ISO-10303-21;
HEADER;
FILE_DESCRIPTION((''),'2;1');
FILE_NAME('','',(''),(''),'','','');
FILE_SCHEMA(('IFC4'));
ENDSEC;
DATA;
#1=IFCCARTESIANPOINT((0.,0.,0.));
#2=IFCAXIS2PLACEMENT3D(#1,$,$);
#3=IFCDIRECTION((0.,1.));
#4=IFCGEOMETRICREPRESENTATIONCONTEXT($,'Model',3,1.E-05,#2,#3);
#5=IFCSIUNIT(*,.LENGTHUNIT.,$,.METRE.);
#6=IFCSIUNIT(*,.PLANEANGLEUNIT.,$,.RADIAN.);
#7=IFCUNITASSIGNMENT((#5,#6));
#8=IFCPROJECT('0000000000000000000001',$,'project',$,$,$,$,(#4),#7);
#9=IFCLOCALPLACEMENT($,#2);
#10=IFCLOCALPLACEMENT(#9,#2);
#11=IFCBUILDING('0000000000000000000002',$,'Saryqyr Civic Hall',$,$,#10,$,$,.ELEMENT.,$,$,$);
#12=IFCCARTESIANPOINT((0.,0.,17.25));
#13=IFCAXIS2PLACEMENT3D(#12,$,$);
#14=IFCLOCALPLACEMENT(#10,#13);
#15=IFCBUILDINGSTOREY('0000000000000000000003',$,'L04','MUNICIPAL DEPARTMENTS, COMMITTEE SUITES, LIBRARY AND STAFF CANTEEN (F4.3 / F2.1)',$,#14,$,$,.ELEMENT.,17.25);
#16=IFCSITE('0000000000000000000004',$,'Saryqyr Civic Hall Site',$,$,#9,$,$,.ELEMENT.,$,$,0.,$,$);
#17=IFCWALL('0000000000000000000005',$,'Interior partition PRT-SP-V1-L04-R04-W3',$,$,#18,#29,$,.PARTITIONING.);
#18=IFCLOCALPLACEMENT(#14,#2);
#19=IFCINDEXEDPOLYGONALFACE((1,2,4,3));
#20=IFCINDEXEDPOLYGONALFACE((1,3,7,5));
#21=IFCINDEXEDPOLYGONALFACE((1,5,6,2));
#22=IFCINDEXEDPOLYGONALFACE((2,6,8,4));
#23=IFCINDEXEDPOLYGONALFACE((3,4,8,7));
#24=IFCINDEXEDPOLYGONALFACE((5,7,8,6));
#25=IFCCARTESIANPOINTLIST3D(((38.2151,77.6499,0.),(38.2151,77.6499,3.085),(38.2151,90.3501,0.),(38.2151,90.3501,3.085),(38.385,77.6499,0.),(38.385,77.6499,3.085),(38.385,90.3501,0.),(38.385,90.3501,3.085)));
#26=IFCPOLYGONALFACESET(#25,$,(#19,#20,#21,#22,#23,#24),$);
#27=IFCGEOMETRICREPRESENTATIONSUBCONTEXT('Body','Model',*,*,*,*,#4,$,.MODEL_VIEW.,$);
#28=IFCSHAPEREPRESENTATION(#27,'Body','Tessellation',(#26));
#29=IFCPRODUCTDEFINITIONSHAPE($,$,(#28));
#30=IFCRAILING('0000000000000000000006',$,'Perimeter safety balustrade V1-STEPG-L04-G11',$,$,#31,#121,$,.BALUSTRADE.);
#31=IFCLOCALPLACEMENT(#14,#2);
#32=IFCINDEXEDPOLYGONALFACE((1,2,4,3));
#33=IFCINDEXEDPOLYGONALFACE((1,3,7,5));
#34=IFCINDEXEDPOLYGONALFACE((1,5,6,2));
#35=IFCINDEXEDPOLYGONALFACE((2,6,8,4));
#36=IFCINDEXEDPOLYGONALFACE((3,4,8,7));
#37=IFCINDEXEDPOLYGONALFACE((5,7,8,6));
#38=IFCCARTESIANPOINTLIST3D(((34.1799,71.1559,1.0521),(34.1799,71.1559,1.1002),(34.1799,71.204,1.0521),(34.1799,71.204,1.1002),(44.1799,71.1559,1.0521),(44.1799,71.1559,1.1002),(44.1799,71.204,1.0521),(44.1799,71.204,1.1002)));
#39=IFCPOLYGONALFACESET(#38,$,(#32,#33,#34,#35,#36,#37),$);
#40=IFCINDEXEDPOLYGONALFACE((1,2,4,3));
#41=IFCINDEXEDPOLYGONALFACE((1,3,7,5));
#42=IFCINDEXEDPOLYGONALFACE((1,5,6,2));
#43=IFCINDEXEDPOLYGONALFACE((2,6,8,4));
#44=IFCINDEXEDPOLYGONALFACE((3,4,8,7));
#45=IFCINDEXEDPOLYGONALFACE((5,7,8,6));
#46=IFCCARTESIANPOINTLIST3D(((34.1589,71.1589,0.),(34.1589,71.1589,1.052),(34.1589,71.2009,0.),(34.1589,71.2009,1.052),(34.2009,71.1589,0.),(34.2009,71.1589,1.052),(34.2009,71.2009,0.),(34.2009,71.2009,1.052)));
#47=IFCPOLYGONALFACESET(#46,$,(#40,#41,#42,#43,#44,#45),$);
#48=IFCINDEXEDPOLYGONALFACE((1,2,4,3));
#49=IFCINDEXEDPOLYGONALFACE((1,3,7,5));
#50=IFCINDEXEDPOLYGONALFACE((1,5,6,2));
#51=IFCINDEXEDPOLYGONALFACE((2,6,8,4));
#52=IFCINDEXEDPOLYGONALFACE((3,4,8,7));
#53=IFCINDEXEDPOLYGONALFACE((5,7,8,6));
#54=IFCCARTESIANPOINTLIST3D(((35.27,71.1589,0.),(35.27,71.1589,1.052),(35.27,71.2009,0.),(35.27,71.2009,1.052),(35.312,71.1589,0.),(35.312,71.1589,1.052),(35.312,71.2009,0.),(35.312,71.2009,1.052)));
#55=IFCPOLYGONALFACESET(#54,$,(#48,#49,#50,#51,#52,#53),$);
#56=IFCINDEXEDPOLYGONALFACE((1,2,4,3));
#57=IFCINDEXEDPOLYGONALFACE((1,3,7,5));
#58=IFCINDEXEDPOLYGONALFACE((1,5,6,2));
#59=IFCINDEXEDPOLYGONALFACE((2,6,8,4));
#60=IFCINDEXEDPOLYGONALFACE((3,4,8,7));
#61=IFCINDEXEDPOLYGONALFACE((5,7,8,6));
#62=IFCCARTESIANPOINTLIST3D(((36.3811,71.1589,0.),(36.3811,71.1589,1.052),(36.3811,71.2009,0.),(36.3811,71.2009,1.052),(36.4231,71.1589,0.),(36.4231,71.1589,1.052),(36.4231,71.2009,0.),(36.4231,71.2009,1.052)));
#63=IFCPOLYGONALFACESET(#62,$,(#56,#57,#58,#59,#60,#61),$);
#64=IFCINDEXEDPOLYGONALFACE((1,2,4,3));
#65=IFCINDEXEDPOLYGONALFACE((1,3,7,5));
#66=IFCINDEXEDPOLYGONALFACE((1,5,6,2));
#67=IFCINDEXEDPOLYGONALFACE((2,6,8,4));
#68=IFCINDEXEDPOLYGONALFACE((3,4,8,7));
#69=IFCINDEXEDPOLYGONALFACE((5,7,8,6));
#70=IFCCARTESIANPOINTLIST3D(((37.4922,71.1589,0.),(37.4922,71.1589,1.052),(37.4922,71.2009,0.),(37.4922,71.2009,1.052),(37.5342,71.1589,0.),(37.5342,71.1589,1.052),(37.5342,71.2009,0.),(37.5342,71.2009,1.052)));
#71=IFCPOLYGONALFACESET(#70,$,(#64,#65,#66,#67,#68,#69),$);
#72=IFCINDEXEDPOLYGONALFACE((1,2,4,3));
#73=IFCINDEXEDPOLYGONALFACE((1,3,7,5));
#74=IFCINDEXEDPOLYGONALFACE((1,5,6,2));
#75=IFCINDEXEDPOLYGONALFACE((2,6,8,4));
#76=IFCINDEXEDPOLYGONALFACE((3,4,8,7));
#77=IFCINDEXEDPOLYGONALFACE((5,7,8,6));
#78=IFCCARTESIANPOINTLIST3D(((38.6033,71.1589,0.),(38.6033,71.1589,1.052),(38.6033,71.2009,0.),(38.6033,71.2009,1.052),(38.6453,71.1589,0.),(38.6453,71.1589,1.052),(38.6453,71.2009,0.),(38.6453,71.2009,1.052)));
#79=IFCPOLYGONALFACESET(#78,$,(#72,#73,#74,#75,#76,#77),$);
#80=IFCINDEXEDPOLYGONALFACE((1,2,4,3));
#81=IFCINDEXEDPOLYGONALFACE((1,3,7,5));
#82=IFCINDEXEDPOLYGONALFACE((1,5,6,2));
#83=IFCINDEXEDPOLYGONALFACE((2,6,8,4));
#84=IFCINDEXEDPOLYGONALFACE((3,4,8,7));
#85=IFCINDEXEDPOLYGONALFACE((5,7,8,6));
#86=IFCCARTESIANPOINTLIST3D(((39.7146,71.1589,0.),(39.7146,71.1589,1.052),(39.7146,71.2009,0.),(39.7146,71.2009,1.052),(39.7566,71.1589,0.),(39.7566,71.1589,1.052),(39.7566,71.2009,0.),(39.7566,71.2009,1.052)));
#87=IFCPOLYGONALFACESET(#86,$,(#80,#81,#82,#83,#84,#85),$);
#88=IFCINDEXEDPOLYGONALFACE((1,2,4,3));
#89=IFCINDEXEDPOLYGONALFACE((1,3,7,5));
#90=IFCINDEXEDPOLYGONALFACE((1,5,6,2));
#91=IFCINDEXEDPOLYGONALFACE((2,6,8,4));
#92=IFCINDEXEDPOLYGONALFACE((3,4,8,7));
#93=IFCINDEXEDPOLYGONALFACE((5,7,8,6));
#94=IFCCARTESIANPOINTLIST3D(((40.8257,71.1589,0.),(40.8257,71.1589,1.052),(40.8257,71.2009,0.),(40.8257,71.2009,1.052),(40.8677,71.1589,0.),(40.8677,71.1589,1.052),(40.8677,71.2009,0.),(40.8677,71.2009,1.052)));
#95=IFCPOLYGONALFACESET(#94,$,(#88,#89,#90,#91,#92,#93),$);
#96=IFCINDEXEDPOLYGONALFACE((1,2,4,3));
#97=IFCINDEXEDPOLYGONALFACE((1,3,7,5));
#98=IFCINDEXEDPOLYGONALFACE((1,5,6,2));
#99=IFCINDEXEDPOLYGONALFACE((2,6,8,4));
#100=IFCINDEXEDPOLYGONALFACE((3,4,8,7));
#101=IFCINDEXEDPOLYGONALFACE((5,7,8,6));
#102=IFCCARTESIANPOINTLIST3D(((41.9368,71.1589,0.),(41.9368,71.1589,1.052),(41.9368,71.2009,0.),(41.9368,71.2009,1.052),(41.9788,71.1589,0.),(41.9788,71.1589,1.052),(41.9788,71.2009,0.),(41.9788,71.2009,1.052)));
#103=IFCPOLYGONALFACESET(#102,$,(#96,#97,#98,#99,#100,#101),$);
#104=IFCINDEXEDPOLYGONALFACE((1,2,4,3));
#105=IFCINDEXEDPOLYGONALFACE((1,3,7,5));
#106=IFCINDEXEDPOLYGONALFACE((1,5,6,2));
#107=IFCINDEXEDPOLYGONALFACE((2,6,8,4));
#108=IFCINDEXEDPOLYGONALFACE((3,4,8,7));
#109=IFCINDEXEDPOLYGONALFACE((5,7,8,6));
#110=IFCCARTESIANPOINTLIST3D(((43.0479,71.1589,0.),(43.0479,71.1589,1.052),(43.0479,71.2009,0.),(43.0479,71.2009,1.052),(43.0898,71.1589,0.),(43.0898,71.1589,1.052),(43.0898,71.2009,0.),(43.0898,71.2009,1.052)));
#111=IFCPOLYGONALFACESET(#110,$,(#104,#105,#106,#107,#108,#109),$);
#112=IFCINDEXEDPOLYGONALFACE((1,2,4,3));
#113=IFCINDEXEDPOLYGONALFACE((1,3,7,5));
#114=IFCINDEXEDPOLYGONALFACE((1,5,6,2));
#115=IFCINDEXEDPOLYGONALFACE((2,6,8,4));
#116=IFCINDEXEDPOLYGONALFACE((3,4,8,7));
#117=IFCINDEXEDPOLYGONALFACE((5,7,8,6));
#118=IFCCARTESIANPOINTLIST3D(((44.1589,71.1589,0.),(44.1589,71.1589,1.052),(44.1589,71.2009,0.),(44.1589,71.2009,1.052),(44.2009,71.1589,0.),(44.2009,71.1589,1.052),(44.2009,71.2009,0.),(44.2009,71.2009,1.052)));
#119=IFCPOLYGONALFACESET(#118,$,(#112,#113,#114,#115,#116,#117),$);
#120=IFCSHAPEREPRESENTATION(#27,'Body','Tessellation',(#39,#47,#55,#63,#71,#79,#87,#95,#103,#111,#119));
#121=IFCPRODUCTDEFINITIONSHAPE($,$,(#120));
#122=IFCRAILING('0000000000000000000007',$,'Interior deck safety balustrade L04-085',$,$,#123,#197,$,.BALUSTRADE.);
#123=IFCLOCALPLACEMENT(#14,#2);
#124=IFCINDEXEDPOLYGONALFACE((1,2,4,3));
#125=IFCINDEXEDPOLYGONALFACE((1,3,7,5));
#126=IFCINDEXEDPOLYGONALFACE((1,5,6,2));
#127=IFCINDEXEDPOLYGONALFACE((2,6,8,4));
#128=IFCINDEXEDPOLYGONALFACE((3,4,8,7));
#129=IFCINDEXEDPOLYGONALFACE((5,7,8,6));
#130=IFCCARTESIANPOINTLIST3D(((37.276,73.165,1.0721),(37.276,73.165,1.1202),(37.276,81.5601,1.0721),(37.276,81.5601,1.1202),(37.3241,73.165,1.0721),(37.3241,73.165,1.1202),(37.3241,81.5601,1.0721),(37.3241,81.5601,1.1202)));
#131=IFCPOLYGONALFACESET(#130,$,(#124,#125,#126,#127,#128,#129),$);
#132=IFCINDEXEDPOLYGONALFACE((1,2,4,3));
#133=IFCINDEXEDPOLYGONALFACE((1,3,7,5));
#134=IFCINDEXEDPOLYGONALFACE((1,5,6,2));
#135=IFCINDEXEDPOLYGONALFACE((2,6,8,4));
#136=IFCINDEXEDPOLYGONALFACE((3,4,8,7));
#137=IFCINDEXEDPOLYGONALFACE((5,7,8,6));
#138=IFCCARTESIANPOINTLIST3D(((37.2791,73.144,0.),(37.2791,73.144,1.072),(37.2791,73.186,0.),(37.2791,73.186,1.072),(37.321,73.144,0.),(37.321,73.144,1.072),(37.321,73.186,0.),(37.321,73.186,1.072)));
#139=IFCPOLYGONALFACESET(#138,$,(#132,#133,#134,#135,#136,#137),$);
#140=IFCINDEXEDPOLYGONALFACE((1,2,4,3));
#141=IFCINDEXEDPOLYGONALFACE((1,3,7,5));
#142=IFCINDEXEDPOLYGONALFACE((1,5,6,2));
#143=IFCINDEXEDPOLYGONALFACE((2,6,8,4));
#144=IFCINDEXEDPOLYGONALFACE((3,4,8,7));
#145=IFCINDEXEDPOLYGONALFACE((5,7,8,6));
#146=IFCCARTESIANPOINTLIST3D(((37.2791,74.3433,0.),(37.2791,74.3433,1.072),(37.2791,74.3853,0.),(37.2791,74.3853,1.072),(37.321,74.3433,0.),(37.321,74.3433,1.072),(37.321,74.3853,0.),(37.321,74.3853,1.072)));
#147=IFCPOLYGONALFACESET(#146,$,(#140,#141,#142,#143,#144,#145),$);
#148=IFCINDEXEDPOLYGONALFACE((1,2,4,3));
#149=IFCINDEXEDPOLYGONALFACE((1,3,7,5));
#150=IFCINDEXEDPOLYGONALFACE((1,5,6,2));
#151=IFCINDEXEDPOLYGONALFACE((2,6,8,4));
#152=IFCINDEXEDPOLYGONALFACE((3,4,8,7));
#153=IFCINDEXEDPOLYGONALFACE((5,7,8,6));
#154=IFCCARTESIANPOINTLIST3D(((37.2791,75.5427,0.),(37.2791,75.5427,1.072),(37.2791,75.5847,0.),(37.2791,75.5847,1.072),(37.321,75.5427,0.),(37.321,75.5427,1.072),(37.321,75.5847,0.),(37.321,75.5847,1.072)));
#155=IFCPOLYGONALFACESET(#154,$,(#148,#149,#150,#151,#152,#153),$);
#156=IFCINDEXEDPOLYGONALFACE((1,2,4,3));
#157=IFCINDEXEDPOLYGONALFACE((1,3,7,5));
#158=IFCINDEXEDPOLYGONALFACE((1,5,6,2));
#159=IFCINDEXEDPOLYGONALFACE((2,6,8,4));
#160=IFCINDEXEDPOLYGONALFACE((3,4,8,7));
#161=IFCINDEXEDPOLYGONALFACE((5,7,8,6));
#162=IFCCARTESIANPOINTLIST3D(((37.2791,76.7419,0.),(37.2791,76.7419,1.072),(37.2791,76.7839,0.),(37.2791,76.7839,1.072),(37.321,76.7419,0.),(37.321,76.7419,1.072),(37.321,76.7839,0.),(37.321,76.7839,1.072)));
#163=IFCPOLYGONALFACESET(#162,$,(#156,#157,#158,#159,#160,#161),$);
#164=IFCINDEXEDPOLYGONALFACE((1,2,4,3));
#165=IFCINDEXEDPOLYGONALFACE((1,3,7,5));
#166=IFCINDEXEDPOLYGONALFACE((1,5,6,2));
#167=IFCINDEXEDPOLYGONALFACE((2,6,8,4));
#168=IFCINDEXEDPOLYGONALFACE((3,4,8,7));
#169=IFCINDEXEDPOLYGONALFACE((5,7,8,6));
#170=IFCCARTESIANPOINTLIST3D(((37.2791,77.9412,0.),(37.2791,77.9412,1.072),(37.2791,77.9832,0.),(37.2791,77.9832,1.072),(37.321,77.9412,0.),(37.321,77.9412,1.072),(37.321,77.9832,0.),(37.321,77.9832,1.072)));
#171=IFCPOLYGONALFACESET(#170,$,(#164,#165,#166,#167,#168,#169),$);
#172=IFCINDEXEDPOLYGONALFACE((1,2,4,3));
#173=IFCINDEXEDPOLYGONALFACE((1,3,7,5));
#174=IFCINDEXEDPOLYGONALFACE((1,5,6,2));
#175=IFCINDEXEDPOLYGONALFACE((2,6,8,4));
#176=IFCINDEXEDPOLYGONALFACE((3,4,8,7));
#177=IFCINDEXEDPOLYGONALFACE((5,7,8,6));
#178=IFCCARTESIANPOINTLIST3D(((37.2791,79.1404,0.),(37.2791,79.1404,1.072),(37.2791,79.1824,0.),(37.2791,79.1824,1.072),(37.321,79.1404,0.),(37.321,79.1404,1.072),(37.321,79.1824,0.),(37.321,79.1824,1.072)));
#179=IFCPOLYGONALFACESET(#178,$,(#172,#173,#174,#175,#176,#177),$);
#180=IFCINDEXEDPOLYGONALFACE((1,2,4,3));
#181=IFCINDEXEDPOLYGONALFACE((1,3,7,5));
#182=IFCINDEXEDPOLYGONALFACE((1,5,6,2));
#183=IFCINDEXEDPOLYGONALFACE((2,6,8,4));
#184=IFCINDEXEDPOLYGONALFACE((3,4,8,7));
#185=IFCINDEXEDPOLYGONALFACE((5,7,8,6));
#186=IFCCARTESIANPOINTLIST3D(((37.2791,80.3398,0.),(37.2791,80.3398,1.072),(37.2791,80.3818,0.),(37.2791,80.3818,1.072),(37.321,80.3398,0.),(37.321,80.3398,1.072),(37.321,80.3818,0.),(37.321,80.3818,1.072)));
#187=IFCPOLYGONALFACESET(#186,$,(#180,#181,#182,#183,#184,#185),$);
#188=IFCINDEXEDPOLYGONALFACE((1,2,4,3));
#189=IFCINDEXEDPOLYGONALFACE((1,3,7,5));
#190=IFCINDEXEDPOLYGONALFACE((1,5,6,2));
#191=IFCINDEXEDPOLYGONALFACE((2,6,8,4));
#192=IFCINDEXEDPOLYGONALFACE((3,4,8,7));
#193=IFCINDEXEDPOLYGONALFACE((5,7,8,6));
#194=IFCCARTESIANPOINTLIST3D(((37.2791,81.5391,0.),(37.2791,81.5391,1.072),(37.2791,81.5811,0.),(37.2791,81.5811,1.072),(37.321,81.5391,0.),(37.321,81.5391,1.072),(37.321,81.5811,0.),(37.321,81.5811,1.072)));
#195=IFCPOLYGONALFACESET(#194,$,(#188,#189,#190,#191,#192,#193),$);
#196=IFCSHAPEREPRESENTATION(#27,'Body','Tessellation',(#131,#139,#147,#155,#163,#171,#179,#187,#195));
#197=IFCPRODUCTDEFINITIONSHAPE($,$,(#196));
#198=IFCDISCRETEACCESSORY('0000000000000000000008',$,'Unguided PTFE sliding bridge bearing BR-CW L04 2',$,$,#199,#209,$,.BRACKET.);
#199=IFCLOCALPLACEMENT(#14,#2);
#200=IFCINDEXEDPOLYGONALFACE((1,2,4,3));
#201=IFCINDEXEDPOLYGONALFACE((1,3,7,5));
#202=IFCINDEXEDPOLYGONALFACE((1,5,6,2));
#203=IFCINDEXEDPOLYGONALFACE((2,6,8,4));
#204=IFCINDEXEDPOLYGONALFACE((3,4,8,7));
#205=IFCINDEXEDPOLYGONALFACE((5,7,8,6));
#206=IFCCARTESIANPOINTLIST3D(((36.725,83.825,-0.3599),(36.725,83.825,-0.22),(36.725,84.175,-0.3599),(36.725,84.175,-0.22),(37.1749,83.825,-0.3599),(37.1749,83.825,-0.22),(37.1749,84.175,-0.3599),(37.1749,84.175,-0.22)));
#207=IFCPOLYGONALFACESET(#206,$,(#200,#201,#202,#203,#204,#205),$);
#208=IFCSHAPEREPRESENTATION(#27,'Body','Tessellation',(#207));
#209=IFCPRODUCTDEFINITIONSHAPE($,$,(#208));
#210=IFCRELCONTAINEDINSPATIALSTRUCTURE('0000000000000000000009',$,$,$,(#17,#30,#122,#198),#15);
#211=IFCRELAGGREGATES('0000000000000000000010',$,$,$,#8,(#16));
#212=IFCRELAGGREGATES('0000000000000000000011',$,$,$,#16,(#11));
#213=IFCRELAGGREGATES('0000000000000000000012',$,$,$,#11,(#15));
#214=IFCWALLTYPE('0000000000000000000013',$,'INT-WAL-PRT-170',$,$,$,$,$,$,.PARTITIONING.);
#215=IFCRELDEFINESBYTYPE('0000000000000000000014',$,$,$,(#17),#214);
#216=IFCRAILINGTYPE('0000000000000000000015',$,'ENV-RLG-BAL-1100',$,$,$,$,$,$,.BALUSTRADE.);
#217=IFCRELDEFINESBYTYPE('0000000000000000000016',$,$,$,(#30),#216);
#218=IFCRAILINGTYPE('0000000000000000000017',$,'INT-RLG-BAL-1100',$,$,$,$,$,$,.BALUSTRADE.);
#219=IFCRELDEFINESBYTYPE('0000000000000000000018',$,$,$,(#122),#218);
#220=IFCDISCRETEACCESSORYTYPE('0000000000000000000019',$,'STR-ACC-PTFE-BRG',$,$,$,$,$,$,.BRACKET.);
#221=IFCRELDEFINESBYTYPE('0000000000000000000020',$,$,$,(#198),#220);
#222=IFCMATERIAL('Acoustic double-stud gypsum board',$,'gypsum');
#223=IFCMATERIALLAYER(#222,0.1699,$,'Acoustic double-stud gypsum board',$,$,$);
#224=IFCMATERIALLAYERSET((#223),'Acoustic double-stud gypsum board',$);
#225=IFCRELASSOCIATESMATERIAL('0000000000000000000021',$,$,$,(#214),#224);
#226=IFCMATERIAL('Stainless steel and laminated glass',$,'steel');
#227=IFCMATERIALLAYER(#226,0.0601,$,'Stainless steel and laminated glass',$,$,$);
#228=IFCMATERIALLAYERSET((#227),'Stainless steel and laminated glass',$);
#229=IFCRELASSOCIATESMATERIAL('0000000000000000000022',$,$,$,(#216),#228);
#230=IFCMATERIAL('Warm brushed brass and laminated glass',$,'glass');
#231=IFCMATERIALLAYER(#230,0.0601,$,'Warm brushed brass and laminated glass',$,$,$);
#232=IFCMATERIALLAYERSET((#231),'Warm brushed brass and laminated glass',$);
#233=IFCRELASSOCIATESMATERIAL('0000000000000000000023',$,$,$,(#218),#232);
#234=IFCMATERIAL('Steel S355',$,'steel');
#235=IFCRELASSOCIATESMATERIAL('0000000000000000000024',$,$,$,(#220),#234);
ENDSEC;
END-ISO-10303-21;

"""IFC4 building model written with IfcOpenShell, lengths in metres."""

from ifc_helpers import new_model, si_unit, direction, frame, frame_2d, origin, origin_2d, place, context, subcontext, project, spatial, rectangle, extrude, material, layer, layer_set, type_object, element, save


model = new_model("IFC4")

# Units and contexts
model_context = context("Model", 3, precision=1e-05, world=origin(), true_north=direction((0.0, 1.0)))
body_context = subcontext(model_context, "Body", "Model", "MODEL_VIEW")
ifc_project = project(units=[si_unit("LENGTHUNIT", "METRE"), si_unit("PLANEANGLEUNIT", "RADIAN")], contexts=[model_context])

# Site, building, storey
site_placement = place(None, origin())
site = spatial("IfcSite", under=ifc_project, at=site_placement, Name="Saryqyr Civic Hall Site", CompositionType="ELEMENT", RefElevation=0.0)
building_placement = place(site_placement, origin())
building = spatial("IfcBuilding", under=site, at=building_placement, Name="Saryqyr Civic Hall", CompositionType="ELEMENT")
storey_placement = place(building_placement, frame((0.0, 0.0, 17.25)))
storey = spatial("IfcBuildingStorey", under=building, at=storey_placement, Name="L04", Description="MUNICIPAL DEPARTMENTS, COMMITTEE SUITES, LIBRARY AND STAFF CANTEEN (F4.3 / F2.1)", CompositionType="ELEMENT", Elevation=17.25)

# Shared definitions
ifc_material_1 = material(Name="Steel S355", Category="steel")

# Wall
ifc_material_2 = material(Name="Acoustic double-stud gypsum board", Category="gypsum")
ifc_layer_1 = layer(ifc_material_2, 0.1699, Name="Acoustic double-stud gypsum board")
ifc_layer_set_1 = layer_set([ifc_layer_1], Name="Acoustic double-stud gypsum board")
wall_type_1 = type_object("IfcWallType", Name="INT-WAL-PRT-170", PredefinedType="PARTITIONING", material=ifc_layer_set_1)
wall_1_placement = place(storey_placement, frame((38.3, 77.6499, 0.0), z_axis=(0.0, 0.0, 1.0), x_axis=(0.0, 1.0, 0.0)))
element("IfcWall", 1, at=wall_1_placement, inside=storey, type_object=wall_type_1, Name="Interior partition PRT-SP-V1-L04-R04-W3", PredefinedType="PARTITIONING", context=body_context, shape_type="SweptSolid", body=[
    extrude(rectangle(XDim=12.7002, YDim=0.1699, at=frame_2d((6.3501, 0.0))), origin(), (0.0, 0.0, 1.0), 3.085),
])

# Railings
ifc_material_3 = material(Name="Stainless steel and laminated glass", Category="steel")
ifc_layer_2 = layer(ifc_material_3, 0.0601, Name="Stainless steel and laminated glass")
ifc_layer_set_2 = layer_set([ifc_layer_2], Name="Stainless steel and laminated glass")
railing_type_1 = type_object("IfcRailingType", Name="ENV-RLG-BAL-1100", PredefinedType="BALUSTRADE", material=ifc_layer_set_2)
railing_1_placement = place(storey_placement, frame((34.1799, 71.1799, 0.0)))
element("IfcRailing", 2, at=railing_1_placement, inside=storey, type_object=railing_type_1, Name="Perimeter safety balustrade V1-STEPG-L04-G11", PredefinedType="BALUSTRADE", context=body_context, shape_type="SweptSolid", body=[
    extrude(rectangle(XDim=0.0481, YDim=0.0481, at=origin_2d()), frame((0.0, 0.0, 1.0762), z_axis=(1.0, 0.0, 0.0), x_axis=(0.0, 1.0, 0.0)), (0.0, 0.0, 1.0), 10.0),
    extrude(rectangle(XDim=0.042, YDim=0.042, at=origin_2d()), origin(), (0.0, 0.0, 1.0), 1.052),
    extrude(rectangle(XDim=0.042, YDim=0.042, at=origin_2d()), frame((1.1111, 0.0, 0.0)), (0.0, 0.0, 1.0), 1.052),
    extrude(rectangle(XDim=0.042, YDim=0.042, at=origin_2d()), frame((2.2222, 0.0, 0.0)), (0.0, 0.0, 1.0), 1.052),
    extrude(rectangle(XDim=0.042, YDim=0.042, at=origin_2d()), frame((3.3333, 0.0, 0.0)), (0.0, 0.0, 1.0), 1.052),
    extrude(rectangle(XDim=0.042, YDim=0.042, at=origin_2d()), frame((4.4443, 0.0, 0.0)), (0.0, 0.0, 1.0), 1.052),
    extrude(rectangle(XDim=0.042, YDim=0.042, at=origin_2d()), frame((5.5557, 0.0, 0.0)), (0.0, 0.0, 1.0), 1.052),
    extrude(rectangle(XDim=0.042, YDim=0.042, at=origin_2d()), frame((6.6667, 0.0, 0.0)), (0.0, 0.0, 1.0), 1.052),
    extrude(rectangle(XDim=0.042, YDim=0.042, at=origin_2d()), frame((7.7778, 0.0, 0.0)), (0.0, 0.0, 1.0), 1.052),
    extrude(rectangle(XDim=0.042, YDim=0.042, at=origin_2d()), frame((8.8889, 0.0, 0.0)), (0.0, 0.0, 1.0), 1.052),
    extrude(rectangle(XDim=0.042, YDim=0.042, at=origin_2d()), frame((10.0, 0.0, 0.0)), (0.0, 0.0, 1.0), 1.052),
])
ifc_material_4 = material(Name="Warm brushed brass and laminated glass", Category="glass")
ifc_layer_3 = layer(ifc_material_4, 0.0601, Name="Warm brushed brass and laminated glass")
ifc_layer_set_3 = layer_set([ifc_layer_3], Name="Warm brushed brass and laminated glass")
railing_type_2 = type_object("IfcRailingType", Name="INT-RLG-BAL-1100", PredefinedType="BALUSTRADE", material=ifc_layer_set_3)
railing_2_placement = place(storey_placement, frame((37.3, 73.165, 0.0)))
element("IfcRailing", 3, at=railing_2_placement, inside=storey, type_object=railing_type_2, Name="Interior deck safety balustrade L04-085", PredefinedType="BALUSTRADE", context=body_context, shape_type="SweptSolid", body=[
    extrude(rectangle(XDim=0.0481, YDim=0.0481, at=origin_2d()), frame((0.0, 0.0, 1.0962), z_axis=(0.0, 1.0, 0.0), x_axis=(-1.0, 0.0, 0.0)), (0.0, 0.0, 1.0), 8.395),
    extrude(rectangle(XDim=0.042, YDim=0.042, at=origin_2d()), origin(), (0.0, 0.0, 1.0), 1.072),
    extrude(rectangle(XDim=0.042, YDim=0.042, at=origin_2d()), frame((0.0, 1.1992, 0.0)), (0.0, 0.0, 1.0), 1.072),
    extrude(rectangle(XDim=0.042, YDim=0.042, at=origin_2d()), frame((0.0, 2.3987, 0.0)), (0.0, 0.0, 1.0), 1.072),
    extrude(rectangle(XDim=0.042, YDim=0.042, at=origin_2d()), frame((0.0, 3.5979, 0.0)), (0.0, 0.0, 1.0), 1.072),
    extrude(rectangle(XDim=0.042, YDim=0.042, at=origin_2d()), frame((0.0, 4.7971, 0.0)), (0.0, 0.0, 1.0), 1.072),
    extrude(rectangle(XDim=0.042, YDim=0.042, at=origin_2d()), frame((0.0, 5.9963, 0.0)), (0.0, 0.0, 1.0), 1.072),
    extrude(rectangle(XDim=0.042, YDim=0.042, at=origin_2d()), frame((0.0, 7.1958, 0.0)), (0.0, 0.0, 1.0), 1.072),
    extrude(rectangle(XDim=0.042, YDim=0.042, at=origin_2d()), frame((0.0, 8.395, 0.0)), (0.0, 0.0, 1.0), 1.072),
])

# Discrete accessory
discrete_accessory_type = type_object("IfcDiscreteAccessoryType", Name="STR-ACC-PTFE-BRG", PredefinedType="BRACKET", material=ifc_material_1)
discrete_accessory_placement = place(storey_placement, frame((36.95, 84.0, -0.3599), z_axis=(0.0, 0.0, 1.0), x_axis=(1.0, 0.0, 0.0)))
element("IfcDiscreteAccessory", 4, at=discrete_accessory_placement, inside=storey, type_object=discrete_accessory_type, Name="Unguided PTFE sliding bridge bearing BR-CW L04 2", PredefinedType="BRACKET", context=body_context, shape_type="SweptSolid", body=[
    extrude(rectangle(XDim=0.45, YDim=0.3501, at=origin_2d()), origin(), (0.0, 0.0, 1.0), 0.1399),
])

save(model, "model.ifc")
